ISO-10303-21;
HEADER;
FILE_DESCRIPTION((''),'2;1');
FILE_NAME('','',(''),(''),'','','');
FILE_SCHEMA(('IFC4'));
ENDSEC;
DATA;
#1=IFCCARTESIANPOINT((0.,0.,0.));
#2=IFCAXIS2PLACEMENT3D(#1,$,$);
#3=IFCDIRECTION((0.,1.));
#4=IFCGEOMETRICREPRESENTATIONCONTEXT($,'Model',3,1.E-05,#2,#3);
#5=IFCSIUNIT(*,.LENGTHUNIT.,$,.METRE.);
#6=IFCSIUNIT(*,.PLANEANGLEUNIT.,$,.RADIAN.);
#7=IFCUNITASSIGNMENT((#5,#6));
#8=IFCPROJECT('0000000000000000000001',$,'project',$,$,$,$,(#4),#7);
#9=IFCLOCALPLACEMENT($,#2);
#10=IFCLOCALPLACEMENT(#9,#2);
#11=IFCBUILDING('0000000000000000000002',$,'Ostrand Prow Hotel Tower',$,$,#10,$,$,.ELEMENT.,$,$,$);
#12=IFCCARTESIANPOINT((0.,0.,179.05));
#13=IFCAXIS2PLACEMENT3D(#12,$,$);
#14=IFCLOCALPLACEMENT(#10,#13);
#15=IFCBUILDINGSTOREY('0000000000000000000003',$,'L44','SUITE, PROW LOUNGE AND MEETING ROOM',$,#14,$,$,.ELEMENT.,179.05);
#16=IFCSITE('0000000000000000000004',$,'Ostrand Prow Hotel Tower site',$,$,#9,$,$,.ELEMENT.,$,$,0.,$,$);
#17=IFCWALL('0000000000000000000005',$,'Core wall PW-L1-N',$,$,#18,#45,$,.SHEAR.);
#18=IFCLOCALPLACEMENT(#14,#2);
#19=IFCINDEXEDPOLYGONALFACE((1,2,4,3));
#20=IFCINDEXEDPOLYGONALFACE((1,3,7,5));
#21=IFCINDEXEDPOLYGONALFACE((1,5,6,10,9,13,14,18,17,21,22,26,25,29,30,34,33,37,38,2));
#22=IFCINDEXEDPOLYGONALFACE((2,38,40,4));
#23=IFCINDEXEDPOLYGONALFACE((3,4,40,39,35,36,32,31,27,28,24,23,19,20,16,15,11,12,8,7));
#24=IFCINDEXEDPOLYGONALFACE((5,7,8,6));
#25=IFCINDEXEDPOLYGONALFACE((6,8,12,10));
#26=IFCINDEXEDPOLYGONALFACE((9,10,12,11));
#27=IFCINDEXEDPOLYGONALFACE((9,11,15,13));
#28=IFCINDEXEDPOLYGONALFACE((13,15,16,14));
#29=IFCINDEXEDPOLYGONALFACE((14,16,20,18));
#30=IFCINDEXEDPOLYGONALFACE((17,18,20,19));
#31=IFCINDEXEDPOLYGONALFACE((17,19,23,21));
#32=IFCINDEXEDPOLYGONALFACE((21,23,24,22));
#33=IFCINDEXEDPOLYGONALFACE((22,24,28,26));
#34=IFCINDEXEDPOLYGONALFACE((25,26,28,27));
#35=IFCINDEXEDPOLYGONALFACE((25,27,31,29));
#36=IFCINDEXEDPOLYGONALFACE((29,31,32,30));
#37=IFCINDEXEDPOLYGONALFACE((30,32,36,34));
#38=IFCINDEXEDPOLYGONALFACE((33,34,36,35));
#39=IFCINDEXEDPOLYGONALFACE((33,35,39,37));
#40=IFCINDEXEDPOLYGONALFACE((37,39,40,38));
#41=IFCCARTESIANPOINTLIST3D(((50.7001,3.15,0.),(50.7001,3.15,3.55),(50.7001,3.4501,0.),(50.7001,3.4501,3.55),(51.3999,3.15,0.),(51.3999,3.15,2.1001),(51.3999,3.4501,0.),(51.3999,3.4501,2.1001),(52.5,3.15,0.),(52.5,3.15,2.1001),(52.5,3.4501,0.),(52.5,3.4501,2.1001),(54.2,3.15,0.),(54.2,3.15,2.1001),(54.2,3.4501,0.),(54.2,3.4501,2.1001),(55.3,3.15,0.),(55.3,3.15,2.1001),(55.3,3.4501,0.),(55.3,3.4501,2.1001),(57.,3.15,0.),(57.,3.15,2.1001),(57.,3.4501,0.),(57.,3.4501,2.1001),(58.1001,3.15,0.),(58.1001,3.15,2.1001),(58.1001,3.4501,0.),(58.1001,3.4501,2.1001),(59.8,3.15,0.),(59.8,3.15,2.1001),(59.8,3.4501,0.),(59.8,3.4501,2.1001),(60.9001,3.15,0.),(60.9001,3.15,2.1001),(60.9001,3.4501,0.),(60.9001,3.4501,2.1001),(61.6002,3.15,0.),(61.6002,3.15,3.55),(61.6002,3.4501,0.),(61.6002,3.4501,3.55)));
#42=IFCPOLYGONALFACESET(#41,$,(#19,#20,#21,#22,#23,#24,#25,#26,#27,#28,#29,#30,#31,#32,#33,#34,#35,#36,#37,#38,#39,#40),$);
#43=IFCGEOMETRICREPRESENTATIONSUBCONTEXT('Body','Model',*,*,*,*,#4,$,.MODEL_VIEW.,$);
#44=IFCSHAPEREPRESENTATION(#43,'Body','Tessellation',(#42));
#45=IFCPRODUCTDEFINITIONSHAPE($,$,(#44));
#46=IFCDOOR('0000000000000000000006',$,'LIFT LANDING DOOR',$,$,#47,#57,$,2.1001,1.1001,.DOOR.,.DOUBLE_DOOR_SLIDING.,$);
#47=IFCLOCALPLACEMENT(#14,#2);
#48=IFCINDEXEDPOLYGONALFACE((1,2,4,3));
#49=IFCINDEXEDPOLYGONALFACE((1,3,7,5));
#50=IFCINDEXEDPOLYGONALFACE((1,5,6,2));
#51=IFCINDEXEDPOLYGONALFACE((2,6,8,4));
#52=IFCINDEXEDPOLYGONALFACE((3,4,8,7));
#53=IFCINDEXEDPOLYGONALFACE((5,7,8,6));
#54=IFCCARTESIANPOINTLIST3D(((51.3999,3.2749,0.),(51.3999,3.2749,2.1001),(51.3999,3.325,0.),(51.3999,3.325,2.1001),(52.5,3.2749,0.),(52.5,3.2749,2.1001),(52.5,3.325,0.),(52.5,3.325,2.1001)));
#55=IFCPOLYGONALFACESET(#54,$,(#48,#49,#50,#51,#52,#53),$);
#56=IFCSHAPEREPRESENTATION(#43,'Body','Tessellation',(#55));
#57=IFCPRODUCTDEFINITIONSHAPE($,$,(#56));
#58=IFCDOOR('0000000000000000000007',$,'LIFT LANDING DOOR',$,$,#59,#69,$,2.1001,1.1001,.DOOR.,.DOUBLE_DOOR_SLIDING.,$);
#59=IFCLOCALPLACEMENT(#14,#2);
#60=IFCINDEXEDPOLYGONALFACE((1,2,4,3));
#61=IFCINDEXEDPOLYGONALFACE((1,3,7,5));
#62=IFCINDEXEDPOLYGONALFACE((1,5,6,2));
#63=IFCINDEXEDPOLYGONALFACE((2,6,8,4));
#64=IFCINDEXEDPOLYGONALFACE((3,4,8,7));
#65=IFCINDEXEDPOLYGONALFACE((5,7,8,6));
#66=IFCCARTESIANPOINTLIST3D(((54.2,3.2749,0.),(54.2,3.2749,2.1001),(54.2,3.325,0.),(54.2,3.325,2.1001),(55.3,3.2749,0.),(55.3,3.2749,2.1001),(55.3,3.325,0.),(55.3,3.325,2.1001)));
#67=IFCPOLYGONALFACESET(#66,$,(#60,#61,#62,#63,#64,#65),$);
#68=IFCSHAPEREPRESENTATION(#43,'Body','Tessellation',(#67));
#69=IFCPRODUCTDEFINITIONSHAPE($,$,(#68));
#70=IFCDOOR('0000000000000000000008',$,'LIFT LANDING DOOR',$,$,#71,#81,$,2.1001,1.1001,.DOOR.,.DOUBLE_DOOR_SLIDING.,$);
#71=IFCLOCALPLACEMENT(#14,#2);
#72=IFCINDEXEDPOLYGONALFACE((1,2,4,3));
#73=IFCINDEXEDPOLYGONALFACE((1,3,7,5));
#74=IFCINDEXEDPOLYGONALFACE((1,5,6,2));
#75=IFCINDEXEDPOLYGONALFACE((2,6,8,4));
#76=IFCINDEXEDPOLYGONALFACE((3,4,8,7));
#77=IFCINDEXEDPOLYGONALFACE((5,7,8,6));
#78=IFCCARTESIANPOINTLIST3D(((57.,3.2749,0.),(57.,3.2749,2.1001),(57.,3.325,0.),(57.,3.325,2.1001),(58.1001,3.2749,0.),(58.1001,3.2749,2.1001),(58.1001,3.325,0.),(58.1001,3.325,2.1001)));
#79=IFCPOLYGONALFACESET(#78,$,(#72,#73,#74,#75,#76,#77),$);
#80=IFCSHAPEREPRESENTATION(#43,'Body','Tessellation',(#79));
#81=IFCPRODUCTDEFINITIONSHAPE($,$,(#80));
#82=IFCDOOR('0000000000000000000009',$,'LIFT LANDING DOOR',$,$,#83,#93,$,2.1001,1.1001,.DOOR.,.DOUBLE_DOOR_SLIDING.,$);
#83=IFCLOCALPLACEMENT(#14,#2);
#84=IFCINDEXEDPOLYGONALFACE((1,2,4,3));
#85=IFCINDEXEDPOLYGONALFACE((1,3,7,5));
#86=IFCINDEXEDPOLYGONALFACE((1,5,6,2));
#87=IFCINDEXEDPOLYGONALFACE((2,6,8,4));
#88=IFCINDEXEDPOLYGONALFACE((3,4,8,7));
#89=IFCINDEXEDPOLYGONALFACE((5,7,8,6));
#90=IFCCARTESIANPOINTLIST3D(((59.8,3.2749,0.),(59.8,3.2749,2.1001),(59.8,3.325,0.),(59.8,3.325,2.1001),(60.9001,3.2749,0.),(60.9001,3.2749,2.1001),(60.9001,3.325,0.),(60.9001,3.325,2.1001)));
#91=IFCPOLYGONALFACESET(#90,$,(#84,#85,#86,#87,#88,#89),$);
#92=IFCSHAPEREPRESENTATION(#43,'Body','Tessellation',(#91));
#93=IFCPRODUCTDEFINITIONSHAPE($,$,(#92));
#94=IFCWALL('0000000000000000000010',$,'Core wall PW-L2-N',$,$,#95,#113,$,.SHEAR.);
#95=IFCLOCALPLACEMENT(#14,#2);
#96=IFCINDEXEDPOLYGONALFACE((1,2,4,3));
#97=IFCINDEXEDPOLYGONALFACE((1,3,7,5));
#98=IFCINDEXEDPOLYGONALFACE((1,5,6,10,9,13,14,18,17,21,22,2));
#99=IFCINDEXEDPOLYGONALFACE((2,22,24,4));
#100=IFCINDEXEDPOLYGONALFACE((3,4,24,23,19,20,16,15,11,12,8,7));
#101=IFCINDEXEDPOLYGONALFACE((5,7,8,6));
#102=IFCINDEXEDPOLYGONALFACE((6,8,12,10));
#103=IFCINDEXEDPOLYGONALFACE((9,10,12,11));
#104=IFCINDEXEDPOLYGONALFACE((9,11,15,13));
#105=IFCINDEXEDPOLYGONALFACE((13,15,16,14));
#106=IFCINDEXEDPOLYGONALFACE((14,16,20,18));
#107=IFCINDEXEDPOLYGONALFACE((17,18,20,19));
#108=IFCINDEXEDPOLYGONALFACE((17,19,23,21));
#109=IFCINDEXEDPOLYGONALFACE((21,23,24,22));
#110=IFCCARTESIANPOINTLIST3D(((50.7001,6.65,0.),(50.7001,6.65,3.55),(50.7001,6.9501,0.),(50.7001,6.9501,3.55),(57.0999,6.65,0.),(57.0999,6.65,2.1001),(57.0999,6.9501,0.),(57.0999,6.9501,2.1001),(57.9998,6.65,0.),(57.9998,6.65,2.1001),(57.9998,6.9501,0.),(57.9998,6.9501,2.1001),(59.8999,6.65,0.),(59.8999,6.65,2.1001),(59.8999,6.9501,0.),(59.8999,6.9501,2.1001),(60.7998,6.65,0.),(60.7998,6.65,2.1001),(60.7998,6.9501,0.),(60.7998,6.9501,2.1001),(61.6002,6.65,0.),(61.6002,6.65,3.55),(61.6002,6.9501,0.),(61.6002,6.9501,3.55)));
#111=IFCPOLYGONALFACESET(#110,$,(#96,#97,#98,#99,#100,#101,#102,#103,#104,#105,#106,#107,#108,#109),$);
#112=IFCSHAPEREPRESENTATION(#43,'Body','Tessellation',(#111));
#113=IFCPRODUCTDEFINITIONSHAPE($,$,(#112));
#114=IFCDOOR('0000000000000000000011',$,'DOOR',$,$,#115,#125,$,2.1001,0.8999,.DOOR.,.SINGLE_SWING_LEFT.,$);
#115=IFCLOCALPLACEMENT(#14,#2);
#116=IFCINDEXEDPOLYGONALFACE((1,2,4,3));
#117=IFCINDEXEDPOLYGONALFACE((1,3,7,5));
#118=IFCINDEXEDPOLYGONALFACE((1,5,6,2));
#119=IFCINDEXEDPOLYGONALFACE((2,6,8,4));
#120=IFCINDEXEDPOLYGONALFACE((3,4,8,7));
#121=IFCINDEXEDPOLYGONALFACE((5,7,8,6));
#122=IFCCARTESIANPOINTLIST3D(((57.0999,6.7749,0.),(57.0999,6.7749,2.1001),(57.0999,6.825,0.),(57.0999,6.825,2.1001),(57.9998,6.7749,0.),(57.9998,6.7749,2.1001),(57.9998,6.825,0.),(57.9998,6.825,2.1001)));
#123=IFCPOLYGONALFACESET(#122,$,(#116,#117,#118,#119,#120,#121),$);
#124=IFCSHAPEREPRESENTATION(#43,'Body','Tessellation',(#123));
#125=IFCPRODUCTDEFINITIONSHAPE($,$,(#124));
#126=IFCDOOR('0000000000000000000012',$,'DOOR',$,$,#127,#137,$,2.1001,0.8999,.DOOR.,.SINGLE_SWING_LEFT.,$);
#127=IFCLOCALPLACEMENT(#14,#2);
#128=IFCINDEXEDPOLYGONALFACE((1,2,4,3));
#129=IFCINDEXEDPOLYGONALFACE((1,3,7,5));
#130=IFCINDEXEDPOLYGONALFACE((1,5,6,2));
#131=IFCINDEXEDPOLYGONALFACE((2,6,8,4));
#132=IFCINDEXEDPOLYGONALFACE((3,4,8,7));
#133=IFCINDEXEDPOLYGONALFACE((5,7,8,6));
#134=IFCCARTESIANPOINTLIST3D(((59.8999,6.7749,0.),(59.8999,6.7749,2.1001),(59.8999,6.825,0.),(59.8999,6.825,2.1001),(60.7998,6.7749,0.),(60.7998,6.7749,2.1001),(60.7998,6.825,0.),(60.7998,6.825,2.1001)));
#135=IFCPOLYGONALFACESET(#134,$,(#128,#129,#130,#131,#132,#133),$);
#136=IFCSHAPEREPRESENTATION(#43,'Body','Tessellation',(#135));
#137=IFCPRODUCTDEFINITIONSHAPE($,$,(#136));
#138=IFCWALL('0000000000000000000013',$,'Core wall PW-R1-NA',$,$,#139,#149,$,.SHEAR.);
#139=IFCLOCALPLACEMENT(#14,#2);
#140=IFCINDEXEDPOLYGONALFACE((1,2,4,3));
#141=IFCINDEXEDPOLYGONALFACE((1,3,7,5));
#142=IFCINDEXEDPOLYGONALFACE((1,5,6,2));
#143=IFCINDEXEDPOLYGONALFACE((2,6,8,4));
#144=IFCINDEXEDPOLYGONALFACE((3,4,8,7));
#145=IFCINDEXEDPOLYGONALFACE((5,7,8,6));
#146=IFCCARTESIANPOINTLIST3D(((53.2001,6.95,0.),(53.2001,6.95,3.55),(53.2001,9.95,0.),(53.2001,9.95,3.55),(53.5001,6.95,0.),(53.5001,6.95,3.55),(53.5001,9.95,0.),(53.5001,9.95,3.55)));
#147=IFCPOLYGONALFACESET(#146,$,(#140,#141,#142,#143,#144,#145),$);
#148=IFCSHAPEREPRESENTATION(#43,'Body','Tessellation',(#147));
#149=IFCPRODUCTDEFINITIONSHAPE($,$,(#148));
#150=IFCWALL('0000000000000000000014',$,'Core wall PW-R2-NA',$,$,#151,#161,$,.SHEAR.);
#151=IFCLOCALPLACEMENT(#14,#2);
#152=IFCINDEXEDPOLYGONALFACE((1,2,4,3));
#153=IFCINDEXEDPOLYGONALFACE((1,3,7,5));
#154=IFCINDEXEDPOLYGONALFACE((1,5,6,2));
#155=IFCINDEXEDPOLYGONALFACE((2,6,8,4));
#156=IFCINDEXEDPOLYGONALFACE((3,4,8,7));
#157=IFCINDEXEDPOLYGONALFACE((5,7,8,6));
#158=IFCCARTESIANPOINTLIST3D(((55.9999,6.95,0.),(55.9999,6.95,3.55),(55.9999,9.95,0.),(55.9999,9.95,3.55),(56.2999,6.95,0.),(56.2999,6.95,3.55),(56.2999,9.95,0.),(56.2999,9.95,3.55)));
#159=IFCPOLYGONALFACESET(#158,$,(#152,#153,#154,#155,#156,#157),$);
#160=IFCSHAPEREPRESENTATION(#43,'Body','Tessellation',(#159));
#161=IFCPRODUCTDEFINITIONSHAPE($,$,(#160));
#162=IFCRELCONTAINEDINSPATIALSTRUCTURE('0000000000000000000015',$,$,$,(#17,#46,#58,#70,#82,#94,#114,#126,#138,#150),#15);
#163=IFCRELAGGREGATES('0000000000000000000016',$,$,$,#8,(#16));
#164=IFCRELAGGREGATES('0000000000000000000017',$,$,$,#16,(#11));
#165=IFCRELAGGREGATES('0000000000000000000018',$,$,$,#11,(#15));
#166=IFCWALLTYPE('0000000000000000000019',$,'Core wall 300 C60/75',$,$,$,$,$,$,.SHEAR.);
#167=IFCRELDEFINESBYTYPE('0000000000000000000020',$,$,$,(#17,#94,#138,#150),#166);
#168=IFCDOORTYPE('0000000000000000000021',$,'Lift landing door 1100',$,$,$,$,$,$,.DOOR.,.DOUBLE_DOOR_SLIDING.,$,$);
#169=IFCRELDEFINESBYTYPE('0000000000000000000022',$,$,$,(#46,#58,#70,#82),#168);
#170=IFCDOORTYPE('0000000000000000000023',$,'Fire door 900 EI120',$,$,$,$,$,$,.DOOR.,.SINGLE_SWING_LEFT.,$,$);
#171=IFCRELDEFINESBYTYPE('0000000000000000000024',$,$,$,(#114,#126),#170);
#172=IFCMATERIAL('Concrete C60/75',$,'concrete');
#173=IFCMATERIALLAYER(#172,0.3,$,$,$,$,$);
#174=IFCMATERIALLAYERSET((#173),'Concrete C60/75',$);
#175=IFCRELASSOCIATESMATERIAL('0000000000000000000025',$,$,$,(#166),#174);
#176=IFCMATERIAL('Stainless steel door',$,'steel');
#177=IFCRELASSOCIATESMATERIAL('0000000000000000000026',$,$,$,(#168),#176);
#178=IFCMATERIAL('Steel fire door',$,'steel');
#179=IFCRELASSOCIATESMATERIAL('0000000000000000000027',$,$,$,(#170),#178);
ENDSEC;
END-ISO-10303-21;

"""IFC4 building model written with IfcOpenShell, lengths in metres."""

from ifc_helpers import new_model, si_unit, direction, frame, frame_2d, origin, place, context, subcontext, project, spatial, rectangle, extrude, material, layer, layer_set, type_object, element, fill, save


model = new_model("IFC4")

# Units and contexts
model_context = context("Model", 3, precision=1e-05, world=origin(), true_north=direction((0.0, 1.0)))
body_context = subcontext(model_context, "Body", "Model", "MODEL_VIEW")
ifc_project = project(units=[si_unit("LENGTHUNIT", "METRE"), si_unit("PLANEANGLEUNIT", "RADIAN")], contexts=[model_context])

# Site, building, storey
site_placement = place(None, origin())
site = spatial("IfcSite", under=ifc_project, at=site_placement, Name="Ostrand Prow Hotel Tower site", CompositionType="ELEMENT", RefElevation=0.0)
building_placement = place(site_placement, origin())
building = spatial("IfcBuilding", under=site, at=building_placement, Name="Ostrand Prow Hotel Tower", CompositionType="ELEMENT")
storey_placement = place(building_placement, frame((0.0, 0.0, 179.05)))
storey = spatial("IfcBuildingStorey", under=building, at=storey_placement, Name="L44", Description="SUITE, PROW LOUNGE AND MEETING ROOM", CompositionType="ELEMENT", Elevation=179.05)

# Walls, openings, doors
ifc_material_1 = material(Name="Concrete C60/75", Category="concrete")
ifc_layer_1 = layer(ifc_material_1, 0.3)
ifc_layer_set_1 = layer_set([ifc_layer_1], Name="Concrete C60/75")
wall_type_1 = type_object("IfcWallType", Name="Core wall 300 C60/75", PredefinedType="SHEAR", material=ifc_layer_set_1)
wall_1_placement = place(storey_placement, frame((50.7, 3.3, 0.0), z_axis=(0.0, 0.0, 1.0), x_axis=(1.0, 0.0, 0.0)))
wall_1 = element("IfcWall", 1, at=wall_1_placement, inside=storey, type_object=wall_type_1, Name="Core wall PW-L1-N", PredefinedType="SHEAR", context=body_context, shape_type="SweptSolid", body=[
    extrude(rectangle(XDim=10.9001, YDim=0.3, at=frame_2d((5.4502, 0.0))), origin(), (0.0, 0.0, 1.0), 3.55),
])
opening_1_placement = place(wall_1_placement, frame((0.7, 0.0, 0.0)))
opening_1 = element("IfcOpeningElement", 2, at=opening_1_placement, cuts=wall_1, PredefinedType="OPENING", context=body_context, shape_type="SweptSolid", body=[
    extrude(rectangle(XDim=1.1001, YDim=2.1001, at=frame_2d((0.55, 1.05))), frame((0.0, 0.1599, 0.0), z_axis=(0.0, -1.0, 0.0), x_axis=(1.0, 0.0, 0.0)), (0.0, 0.0, 1.0), 0.3201),
])
opening_2_placement = place(wall_1_placement, frame((3.5, 0.0, 0.0)))
opening_2 = element("IfcOpeningElement", 3, at=opening_2_placement, cuts=wall_1, PredefinedType="OPENING", context=body_context, shape_type="SweptSolid", body=[
    extrude(rectangle(XDim=1.1001, YDim=2.1001, at=frame_2d((0.55, 1.05))), frame((0.0, 0.1599, 0.0), z_axis=(0.0, -1.0, 0.0), x_axis=(1.0, 0.0, 0.0)), (0.0, 0.0, 1.0), 0.3201),
])
opening_3_placement = place(wall_1_placement, frame((6.3, 0.0, 0.0)))
opening_3 = element("IfcOpeningElement", 4, at=opening_3_placement, cuts=wall_1, PredefinedType="OPENING", context=body_context, shape_type="SweptSolid", body=[
    extrude(rectangle(XDim=1.1001, YDim=2.1001, at=frame_2d((0.55, 1.05))), frame((0.0, 0.1599, 0.0), z_axis=(0.0, -1.0, 0.0), x_axis=(1.0, 0.0, 0.0)), (0.0, 0.0, 1.0), 0.3201),
])
opening_4_placement = place(wall_1_placement, frame((9.1001, 0.0, 0.0)))
opening_4 = element("IfcOpeningElement", 5, at=opening_4_placement, cuts=wall_1, PredefinedType="OPENING", context=body_context, shape_type="SweptSolid", body=[
    extrude(rectangle(XDim=1.1001, YDim=2.1001, at=frame_2d((0.55, 1.05))), frame((0.0, 0.1599, 0.0), z_axis=(0.0, -1.0, 0.0), x_axis=(1.0, 0.0, 0.0)), (0.0, 0.0, 1.0), 0.3201),
])
ifc_material_2 = material(Name="Stainless steel door", Category="steel")
door_type_1 = type_object("IfcDoorType", Name="Lift landing door 1100", OperationType="DOUBLE_DOOR_SLIDING", PredefinedType="DOOR", material=ifc_material_2)
door_1_placement = place(opening_1_placement, origin())
door_1 = element("IfcDoor", 6, at=door_1_placement, inside=storey, type_object=door_type_1, Name="LIFT LANDING DOOR", OperationType="DOUBLE_DOOR_SLIDING", OverallHeight=2.1001, OverallWidth=1.1001, PredefinedType="DOOR", context=body_context, shape_type="SweptSolid", body=[
    extrude(rectangle(XDim=1.1001, YDim=2.1001, at=frame_2d((0.55, 1.05))), frame((0.0, 0.0249, 0.0), z_axis=(0.0, -1.0, 0.0), x_axis=(1.0, 0.0, 0.0)), (0.0, 0.0, 1.0), 0.05),
])
fill(opening_1, door_1)
door_2_placement = place(opening_2_placement, origin())
door_2 = element("IfcDoor", 7, at=door_2_placement, inside=storey, type_object=door_type_1, Name="LIFT LANDING DOOR", OperationType="DOUBLE_DOOR_SLIDING", OverallHeight=2.1001, OverallWidth=1.1001, PredefinedType="DOOR", context=body_context, shape_type="SweptSolid", body=[
    extrude(rectangle(XDim=1.1001, YDim=2.1001, at=frame_2d((0.55, 1.05))), frame((0.0, 0.0249, 0.0), z_axis=(0.0, -1.0, 0.0), x_axis=(1.0, 0.0, 0.0)), (0.0, 0.0, 1.0), 0.05),
])
fill(opening_2, door_2)
door_3_placement = place(opening_3_placement, origin())
door_3 = element("IfcDoor", 8, at=door_3_placement, inside=storey, type_object=door_type_1, Name="LIFT LANDING DOOR", OperationType="DOUBLE_DOOR_SLIDING", OverallHeight=2.1001, OverallWidth=1.1001, PredefinedType="DOOR", context=body_context, shape_type="SweptSolid", body=[
    extrude(rectangle(XDim=1.1001, YDim=2.1001, at=frame_2d((0.55, 1.05))), frame((0.0, 0.0249, 0.0), z_axis=(0.0, -1.0, 0.0), x_axis=(1.0, 0.0, 0.0)), (0.0, 0.0, 1.0), 0.05),
])
fill(opening_3, door_3)
door_4_placement = place(opening_4_placement, origin())
door_4 = element("IfcDoor", 9, at=door_4_placement, inside=storey, type_object=door_type_1, Name="LIFT LANDING DOOR", OperationType="DOUBLE_DOOR_SLIDING", OverallHeight=2.1001, OverallWidth=1.1001, PredefinedType="DOOR", context=body_context, shape_type="SweptSolid", body=[
    extrude(rectangle(XDim=1.1001, YDim=2.1001, at=frame_2d((0.55, 1.05))), frame((0.0, 0.0249, 0.0), z_axis=(0.0, -1.0, 0.0), x_axis=(1.0, 0.0, 0.0)), (0.0, 0.0, 1.0), 0.05),
])
fill(opening_4, door_4)
wall_2_placement = place(storey_placement, frame((50.7, 6.8, 0.0), z_axis=(0.0, 0.0, 1.0), x_axis=(1.0, 0.0, 0.0)))
wall_2 = element("IfcWall", 10, at=wall_2_placement, inside=storey, type_object=wall_type_1, Name="Core wall PW-L2-N", PredefinedType="SHEAR", context=body_context, shape_type="SweptSolid", body=[
    extrude(rectangle(XDim=10.9001, YDim=0.3, at=frame_2d((5.4502, 0.0))), origin(), (0.0, 0.0, 1.0), 3.55),
])
opening_5_placement = place(wall_2_placement, frame((6.3999, 0.0, 0.0)))
opening_5 = element("IfcOpeningElement", 11, at=opening_5_placement, cuts=wall_2, PredefinedType="OPENING", context=body_context, shape_type="SweptSolid", body=[
    extrude(rectangle(XDim=0.8999, YDim=2.1001, at=frame_2d((0.45, 1.05))), frame((0.0, 0.1599, 0.0), z_axis=(0.0, -1.0, 0.0), x_axis=(1.0, 0.0, 0.0)), (0.0, 0.0, 1.0), 0.3201),
])
opening_6_placement = place(wall_2_placement, frame((9.2, 0.0, 0.0)))
opening_6 = element("IfcOpeningElement", 12, at=opening_6_placement, cuts=wall_2, PredefinedType="OPENING", context=body_context, shape_type="SweptSolid", body=[
    extrude(rectangle(XDim=0.8999, YDim=2.1001, at=frame_2d((0.45, 1.05))), frame((0.0, 0.1599, 0.0), z_axis=(0.0, -1.0, 0.0), x_axis=(1.0, 0.0, 0.0)), (0.0, 0.0, 1.0), 0.3201),
])
ifc_material_3 = material(Name="Steel fire door", Category="steel")
door_type_2 = type_object("IfcDoorType", Name="Fire door 900 EI120", OperationType="SINGLE_SWING_LEFT", PredefinedType="DOOR", material=ifc_material_3)
door_5_placement = place(opening_5_placement, origin())
door_5 = element("IfcDoor", 13, at=door_5_placement, inside=storey, type_object=door_type_2, Name="DOOR", OperationType="SINGLE_SWING_LEFT", OverallHeight=2.1001, OverallWidth=0.8999, PredefinedType="DOOR", context=body_context, shape_type="SweptSolid", body=[
    extrude(rectangle(XDim=0.8999, YDim=2.1001, at=frame_2d((0.45, 1.05))), frame((0.0, 0.0249, 0.0), z_axis=(0.0, -1.0, 0.0), x_axis=(1.0, 0.0, 0.0)), (0.0, 0.0, 1.0), 0.05),
])
fill(opening_5, door_5)
door_6_placement = place(opening_6_placement, origin())
door_6 = element("IfcDoor", 14, at=door_6_placement, inside=storey, type_object=door_type_2, Name="DOOR", OperationType="SINGLE_SWING_LEFT", OverallHeight=2.1001, OverallWidth=0.8999, PredefinedType="DOOR", context=body_context, shape_type="SweptSolid", body=[
    extrude(rectangle(XDim=0.8999, YDim=2.1001, at=frame_2d((0.45, 1.05))), frame((0.0, 0.0249, 0.0), z_axis=(0.0, -1.0, 0.0), x_axis=(1.0, 0.0, 0.0)), (0.0, 0.0, 1.0), 0.05),
])
fill(opening_6, door_6)

# Walls
for number, where, z_axis, x_axis, name in (
    (15, (53.3501, 6.95, 0.0), (0.0, 0.0, 1.0), (0.0, 1.0, 0.0), "Core wall PW-R1-NA"),
    (16, (56.1499, 6.95, 0.0), (0.0, 0.0, 1.0), (0.0, 1.0, 0.0), "Core wall PW-R2-NA"),
):
    element("IfcWall", number, at=place(storey_placement, frame(where, z_axis=z_axis, x_axis=x_axis)), inside=storey, type_object=wall_type_1, Name=name, PredefinedType="SHEAR", context=body_context, shape_type="SweptSolid", body=[
        extrude(rectangle(XDim=3.0, YDim=0.3, at=frame_2d((1.5, 0.0))), origin(), (0.0, 0.0, 1.0), 3.55),
    ])

save(model, "model.ifc")
